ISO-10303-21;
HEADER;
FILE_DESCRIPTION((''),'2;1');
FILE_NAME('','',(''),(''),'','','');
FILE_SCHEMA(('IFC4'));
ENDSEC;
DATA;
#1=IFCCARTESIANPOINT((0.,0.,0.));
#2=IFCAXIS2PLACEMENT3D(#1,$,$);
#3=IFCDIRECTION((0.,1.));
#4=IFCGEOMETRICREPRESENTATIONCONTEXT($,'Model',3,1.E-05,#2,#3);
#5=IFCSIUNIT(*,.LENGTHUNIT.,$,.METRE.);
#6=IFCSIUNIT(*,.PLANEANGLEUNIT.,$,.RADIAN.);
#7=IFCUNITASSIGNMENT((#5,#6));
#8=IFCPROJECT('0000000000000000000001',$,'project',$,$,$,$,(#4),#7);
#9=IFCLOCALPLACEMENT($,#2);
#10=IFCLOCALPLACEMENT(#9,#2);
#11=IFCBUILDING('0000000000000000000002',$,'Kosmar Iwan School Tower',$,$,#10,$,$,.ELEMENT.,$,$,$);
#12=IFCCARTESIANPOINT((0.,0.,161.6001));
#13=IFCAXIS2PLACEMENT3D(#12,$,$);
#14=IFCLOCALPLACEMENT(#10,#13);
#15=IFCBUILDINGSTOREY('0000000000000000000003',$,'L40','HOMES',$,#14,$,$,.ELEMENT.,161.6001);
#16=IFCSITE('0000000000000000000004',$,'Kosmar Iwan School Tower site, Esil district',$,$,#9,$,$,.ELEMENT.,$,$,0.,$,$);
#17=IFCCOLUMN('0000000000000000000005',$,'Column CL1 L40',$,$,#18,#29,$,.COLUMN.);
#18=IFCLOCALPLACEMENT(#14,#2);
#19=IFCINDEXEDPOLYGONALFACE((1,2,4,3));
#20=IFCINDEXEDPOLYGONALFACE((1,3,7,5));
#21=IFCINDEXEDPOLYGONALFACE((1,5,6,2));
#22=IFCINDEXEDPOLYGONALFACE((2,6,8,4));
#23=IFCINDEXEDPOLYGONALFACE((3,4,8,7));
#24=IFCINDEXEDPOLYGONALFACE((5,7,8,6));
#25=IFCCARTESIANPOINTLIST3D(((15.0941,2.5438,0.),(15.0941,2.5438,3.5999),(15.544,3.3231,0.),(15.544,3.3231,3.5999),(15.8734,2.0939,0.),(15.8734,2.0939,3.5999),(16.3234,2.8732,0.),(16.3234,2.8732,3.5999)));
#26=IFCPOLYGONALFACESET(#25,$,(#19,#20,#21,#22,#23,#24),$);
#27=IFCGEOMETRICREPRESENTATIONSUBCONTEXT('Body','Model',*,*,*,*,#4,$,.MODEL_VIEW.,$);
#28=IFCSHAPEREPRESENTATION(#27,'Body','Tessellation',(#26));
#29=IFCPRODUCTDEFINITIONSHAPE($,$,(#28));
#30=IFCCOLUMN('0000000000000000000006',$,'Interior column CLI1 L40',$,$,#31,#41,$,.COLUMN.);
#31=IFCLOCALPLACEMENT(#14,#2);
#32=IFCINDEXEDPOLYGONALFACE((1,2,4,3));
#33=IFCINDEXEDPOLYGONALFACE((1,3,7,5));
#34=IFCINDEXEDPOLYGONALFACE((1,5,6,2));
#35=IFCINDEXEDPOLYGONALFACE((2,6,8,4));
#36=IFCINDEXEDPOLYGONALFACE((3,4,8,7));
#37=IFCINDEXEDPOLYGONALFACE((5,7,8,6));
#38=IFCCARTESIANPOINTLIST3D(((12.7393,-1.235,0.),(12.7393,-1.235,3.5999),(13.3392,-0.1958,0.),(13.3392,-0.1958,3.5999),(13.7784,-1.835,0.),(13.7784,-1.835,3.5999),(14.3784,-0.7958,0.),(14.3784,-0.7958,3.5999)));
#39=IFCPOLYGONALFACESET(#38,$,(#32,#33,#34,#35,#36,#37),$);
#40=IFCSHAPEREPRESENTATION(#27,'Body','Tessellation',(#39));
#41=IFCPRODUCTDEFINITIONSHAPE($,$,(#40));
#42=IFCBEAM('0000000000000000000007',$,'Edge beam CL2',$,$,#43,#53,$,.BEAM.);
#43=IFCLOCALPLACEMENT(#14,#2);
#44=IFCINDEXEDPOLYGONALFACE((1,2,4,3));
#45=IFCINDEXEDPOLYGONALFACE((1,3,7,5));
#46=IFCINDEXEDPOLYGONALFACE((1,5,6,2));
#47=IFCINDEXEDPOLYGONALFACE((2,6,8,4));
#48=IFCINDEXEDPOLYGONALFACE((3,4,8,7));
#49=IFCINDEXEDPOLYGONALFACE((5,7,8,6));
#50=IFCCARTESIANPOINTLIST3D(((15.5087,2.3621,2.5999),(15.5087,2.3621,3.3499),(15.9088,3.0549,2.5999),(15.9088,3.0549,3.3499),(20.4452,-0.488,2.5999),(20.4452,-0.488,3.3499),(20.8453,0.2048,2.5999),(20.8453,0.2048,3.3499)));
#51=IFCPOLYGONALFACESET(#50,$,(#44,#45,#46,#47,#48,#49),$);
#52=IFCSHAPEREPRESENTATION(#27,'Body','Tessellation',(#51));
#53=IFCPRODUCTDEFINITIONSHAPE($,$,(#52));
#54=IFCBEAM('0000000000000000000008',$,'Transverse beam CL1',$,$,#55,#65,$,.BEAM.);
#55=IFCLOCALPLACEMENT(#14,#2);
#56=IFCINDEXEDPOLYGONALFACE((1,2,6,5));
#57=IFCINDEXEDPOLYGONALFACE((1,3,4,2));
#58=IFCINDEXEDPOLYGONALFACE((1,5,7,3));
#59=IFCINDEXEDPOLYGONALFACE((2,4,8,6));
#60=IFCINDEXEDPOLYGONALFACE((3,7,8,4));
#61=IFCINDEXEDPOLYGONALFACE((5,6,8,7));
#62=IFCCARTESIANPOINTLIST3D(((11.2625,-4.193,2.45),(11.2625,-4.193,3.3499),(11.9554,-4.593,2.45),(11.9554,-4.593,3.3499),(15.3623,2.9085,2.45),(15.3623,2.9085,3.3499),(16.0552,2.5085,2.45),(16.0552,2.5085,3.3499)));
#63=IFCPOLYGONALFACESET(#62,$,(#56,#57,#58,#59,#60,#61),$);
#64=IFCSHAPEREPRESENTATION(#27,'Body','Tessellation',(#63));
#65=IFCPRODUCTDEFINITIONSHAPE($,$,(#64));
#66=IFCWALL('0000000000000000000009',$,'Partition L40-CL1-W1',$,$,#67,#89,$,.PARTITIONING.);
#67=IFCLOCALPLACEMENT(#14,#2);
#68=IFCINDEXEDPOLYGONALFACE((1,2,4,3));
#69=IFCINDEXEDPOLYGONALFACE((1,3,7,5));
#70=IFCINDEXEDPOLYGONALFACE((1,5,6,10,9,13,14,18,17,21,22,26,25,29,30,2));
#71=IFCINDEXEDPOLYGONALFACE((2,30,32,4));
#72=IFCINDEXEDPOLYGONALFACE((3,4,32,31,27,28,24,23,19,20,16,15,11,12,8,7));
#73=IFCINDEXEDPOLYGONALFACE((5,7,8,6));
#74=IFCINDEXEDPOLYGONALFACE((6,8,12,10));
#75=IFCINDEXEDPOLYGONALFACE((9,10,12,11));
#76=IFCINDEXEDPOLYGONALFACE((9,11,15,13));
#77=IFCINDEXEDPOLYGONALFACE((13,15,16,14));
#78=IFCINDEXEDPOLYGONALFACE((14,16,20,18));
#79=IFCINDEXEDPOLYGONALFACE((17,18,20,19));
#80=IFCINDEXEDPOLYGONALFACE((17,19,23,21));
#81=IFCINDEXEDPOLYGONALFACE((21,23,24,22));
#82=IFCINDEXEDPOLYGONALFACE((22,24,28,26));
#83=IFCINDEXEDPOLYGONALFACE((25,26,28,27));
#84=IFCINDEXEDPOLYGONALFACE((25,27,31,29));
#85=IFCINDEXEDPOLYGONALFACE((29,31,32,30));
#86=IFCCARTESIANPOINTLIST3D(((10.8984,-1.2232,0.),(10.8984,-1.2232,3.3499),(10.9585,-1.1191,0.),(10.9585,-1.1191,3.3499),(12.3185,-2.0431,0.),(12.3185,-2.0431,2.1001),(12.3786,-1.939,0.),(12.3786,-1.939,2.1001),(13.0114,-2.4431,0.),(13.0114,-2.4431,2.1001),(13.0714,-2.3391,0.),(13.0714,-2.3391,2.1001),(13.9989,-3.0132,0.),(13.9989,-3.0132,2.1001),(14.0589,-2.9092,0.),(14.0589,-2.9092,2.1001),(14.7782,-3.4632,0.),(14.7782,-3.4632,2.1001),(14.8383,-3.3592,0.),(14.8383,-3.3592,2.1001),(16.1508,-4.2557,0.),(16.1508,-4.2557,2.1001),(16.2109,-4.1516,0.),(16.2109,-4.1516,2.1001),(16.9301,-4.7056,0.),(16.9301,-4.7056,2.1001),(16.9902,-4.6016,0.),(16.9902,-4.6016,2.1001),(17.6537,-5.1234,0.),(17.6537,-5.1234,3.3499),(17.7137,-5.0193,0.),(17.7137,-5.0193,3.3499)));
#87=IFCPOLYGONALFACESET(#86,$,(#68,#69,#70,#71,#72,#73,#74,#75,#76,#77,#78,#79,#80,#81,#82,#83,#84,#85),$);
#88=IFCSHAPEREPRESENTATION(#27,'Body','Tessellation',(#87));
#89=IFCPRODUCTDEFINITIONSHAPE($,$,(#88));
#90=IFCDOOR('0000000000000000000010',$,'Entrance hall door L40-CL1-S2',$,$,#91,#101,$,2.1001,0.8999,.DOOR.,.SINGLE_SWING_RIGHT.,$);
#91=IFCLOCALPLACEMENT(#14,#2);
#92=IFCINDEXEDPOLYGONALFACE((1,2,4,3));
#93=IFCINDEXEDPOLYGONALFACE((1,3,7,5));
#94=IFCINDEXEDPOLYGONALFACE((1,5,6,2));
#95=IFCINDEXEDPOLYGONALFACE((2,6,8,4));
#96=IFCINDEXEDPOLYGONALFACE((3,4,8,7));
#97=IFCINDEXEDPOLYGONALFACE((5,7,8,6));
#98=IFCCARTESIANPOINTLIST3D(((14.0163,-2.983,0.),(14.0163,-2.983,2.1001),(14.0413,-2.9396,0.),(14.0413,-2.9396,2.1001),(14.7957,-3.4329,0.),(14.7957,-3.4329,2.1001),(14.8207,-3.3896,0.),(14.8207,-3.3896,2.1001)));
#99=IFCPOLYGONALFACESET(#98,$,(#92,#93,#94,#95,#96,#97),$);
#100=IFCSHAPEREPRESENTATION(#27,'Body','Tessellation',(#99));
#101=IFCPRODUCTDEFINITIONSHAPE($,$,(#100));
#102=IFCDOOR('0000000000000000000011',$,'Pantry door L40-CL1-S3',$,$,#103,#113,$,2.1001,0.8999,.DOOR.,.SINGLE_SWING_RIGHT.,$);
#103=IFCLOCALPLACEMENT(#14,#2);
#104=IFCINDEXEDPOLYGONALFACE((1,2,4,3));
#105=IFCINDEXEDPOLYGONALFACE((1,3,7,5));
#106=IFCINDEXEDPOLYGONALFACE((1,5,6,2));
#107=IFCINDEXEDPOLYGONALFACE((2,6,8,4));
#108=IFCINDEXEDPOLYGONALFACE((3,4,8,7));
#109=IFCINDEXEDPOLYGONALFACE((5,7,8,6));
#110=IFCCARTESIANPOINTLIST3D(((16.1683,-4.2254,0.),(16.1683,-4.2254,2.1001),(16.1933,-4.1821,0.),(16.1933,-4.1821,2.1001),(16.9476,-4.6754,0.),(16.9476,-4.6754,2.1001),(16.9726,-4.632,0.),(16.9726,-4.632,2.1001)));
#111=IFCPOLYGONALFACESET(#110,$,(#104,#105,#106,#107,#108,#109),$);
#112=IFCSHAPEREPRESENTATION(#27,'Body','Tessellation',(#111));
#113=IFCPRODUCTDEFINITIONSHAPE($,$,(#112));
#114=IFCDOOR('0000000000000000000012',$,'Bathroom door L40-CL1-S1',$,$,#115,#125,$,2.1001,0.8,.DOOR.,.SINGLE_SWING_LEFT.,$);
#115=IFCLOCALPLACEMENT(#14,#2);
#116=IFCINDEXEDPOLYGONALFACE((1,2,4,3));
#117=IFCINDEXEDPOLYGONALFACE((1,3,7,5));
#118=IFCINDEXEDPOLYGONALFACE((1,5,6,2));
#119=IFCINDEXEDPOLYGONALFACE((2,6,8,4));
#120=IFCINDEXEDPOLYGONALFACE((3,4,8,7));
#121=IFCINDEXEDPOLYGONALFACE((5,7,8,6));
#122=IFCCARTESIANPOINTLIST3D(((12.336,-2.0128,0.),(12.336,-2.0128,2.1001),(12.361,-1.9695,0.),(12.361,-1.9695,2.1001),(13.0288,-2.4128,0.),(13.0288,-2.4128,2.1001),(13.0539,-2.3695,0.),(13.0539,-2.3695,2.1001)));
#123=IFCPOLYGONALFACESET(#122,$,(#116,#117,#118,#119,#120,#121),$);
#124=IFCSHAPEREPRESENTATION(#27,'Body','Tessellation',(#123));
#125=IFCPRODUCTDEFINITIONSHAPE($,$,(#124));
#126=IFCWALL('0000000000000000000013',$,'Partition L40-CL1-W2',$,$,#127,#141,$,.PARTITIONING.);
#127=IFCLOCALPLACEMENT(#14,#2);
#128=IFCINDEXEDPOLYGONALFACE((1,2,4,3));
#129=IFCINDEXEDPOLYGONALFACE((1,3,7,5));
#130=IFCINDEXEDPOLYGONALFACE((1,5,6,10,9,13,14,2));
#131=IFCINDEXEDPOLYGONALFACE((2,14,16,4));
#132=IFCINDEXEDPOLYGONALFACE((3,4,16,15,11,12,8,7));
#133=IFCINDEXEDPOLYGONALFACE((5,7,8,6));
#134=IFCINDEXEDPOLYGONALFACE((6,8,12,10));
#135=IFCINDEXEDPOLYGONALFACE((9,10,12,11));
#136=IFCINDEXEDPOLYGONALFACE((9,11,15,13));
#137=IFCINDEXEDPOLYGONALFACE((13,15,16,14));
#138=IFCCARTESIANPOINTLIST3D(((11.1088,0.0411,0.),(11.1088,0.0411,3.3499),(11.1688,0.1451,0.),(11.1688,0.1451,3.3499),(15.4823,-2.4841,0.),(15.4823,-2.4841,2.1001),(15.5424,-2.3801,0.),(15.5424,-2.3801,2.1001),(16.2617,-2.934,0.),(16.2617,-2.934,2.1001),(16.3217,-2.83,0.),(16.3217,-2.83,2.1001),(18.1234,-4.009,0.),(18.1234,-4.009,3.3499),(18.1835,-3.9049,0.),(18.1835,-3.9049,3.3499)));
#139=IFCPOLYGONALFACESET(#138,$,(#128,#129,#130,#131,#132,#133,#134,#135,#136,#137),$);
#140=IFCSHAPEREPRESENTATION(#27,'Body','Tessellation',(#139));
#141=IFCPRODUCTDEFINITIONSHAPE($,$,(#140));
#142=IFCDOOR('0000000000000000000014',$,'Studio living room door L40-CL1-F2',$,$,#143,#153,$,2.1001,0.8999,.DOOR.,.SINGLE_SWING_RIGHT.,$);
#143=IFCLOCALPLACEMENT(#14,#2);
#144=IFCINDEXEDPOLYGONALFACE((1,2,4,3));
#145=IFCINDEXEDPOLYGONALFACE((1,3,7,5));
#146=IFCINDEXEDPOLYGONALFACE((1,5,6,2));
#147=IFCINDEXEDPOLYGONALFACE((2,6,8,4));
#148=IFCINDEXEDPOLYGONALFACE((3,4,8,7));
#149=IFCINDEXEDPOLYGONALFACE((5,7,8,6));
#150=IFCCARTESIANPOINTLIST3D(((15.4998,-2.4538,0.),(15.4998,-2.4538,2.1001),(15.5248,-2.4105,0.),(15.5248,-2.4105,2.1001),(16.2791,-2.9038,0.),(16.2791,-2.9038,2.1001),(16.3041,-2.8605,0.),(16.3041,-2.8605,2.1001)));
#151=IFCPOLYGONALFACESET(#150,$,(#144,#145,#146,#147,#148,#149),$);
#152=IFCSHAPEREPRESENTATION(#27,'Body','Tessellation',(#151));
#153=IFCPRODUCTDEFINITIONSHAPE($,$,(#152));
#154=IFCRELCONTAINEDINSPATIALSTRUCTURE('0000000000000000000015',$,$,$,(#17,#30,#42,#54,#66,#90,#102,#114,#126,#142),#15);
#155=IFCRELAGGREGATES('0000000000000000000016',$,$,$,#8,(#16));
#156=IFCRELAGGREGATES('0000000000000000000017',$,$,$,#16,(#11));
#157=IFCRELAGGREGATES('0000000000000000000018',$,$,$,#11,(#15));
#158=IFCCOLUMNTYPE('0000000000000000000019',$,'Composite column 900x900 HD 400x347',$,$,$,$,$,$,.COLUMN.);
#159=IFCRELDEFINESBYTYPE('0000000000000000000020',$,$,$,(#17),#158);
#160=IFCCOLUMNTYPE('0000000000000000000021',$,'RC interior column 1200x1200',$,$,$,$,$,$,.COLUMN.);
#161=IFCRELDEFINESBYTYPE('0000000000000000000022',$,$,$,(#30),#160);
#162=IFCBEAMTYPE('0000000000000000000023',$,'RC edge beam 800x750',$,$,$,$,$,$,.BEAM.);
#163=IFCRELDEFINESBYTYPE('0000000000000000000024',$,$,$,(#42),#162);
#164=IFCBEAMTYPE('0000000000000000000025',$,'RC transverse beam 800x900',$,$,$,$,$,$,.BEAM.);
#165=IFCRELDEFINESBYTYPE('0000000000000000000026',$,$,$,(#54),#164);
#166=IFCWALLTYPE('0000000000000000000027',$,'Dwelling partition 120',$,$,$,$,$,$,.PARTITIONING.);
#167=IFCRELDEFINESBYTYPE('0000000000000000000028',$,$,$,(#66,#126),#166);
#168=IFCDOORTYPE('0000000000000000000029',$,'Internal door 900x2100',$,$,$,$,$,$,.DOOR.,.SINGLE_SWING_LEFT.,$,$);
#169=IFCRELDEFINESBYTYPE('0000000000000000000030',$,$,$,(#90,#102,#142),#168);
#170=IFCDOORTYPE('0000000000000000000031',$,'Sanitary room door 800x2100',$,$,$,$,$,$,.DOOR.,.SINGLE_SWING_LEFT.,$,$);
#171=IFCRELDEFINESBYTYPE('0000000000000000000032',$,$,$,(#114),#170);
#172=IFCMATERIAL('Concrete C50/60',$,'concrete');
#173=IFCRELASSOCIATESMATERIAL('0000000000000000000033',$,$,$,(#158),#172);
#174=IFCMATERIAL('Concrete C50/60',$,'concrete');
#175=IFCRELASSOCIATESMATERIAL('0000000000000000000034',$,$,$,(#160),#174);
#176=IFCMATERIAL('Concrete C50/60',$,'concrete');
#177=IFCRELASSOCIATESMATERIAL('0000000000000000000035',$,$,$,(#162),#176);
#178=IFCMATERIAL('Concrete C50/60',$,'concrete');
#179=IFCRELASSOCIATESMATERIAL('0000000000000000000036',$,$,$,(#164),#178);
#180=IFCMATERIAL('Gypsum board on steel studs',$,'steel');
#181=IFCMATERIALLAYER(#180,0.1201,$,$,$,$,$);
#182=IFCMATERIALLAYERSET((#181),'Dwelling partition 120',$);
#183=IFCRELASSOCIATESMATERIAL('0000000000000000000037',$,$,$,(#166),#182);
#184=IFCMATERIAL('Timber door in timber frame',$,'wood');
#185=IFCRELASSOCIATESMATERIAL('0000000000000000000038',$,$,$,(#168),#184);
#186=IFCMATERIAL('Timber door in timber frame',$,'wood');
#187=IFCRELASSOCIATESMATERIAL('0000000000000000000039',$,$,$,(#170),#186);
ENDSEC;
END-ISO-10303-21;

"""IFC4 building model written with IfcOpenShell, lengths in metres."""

from ifc_helpers import new_model, si_unit, direction, frame, frame_2d, origin, origin_2d, place, context, subcontext, project, spatial, rectangle, extrude, material, layer, layer_set, material_profile, profile_set, type_object, element, fill, save


model = new_model("IFC4")

# Units and contexts
model_context = context("Model", 3, precision=1e-05, world=origin(), true_north=direction((0.0, 1.0)))
body_context = subcontext(model_context, "Body", "Model", "MODEL_VIEW")
ifc_project = project(units=[si_unit("LENGTHUNIT", "METRE"), si_unit("PLANEANGLEUNIT", "RADIAN")], contexts=[model_context])

# Site, building, storey
site_placement = place(None, origin())
site = spatial("IfcSite", under=ifc_project, at=site_placement, Name="Kosmar Iwan School Tower site, Esil district", CompositionType="ELEMENT", RefElevation=0.0)
building_placement = place(site_placement, origin())
building = spatial("IfcBuilding", under=site, at=building_placement, Name="Kosmar Iwan School Tower", CompositionType="ELEMENT")
storey_placement = place(building_placement, frame((0.0, 0.0, 161.6001)))
storey = spatial("IfcBuildingStorey", under=building, at=storey_placement, Name="L40", Description="HOMES", CompositionType="ELEMENT", Elevation=161.6001)

# Columns
ifc_material_1 = material(Name="Concrete C50/60", Category="concrete")
ifc_material_profile_1 = material_profile(ifc_material_1, rectangle(XDim=0.8999, YDim=0.8999, at=origin_2d()), Name="RC 900x900 + HD 400x347")
ifc_profile_set_1 = profile_set([ifc_material_profile_1], Name="Concrete C50/60")
column_type_1 = type_object("IfcColumnType", Name="Composite column 900x900 HD 400x347", PredefinedType="COLUMN", material=ifc_profile_set_1)
column_1_placement = place(storey_placement, frame((15.7087, 2.7085, 0.0), z_axis=(0.0, 0.0, 1.0), x_axis=(0.866025, -0.5, 0.0)))
element("IfcColumn", 1, at=column_1_placement, inside=storey, type_object=column_type_1, Name="Column CL1 L40", PredefinedType="COLUMN", context=body_context, shape_type="SweptSolid", body=[
    extrude(rectangle(XDim=0.8999, YDim=0.8999, at=origin_2d()), origin(), (0.0, 0.0, 1.0), 3.5999),
])
ifc_material_2 = material(Name="Concrete C50/60", Category="concrete")
ifc_material_profile_2 = material_profile(ifc_material_2, rectangle(XDim=1.2, YDim=1.2, at=origin_2d()), Name="RC 1200x1200")
ifc_profile_set_2 = profile_set([ifc_material_profile_2], Name="Concrete C50/60")
column_type_2 = type_object("IfcColumnType", Name="RC interior column 1200x1200", PredefinedType="COLUMN", material=ifc_profile_set_2)
column_2_placement = place(storey_placement, frame((13.5588, -1.0154, 0.0), z_axis=(0.0, 0.0, 1.0), x_axis=(0.866025, -0.5, 0.0)))
element("IfcColumn", 2, at=column_2_placement, inside=storey, type_object=column_type_2, Name="Interior column CLI1 L40", PredefinedType="COLUMN", context=body_context, shape_type="SweptSolid", body=[
    extrude(rectangle(XDim=1.2, YDim=1.2, at=origin_2d()), origin(), (0.0, 0.0, 1.0), 3.5999),
])

# Beams
ifc_material_3 = material(Name="Concrete C50/60", Category="concrete")
ifc_material_profile_3 = material_profile(ifc_material_3, rectangle(XDim=0.8, YDim=0.75, at=origin_2d()), Name="RC 800x750")
ifc_profile_set_3 = profile_set([ifc_material_profile_3], Name="Concrete C50/60")
beam_type_1 = type_object("IfcBeamType", Name="RC edge beam 800x750", PredefinedType="BEAM", material=ifc_profile_set_3)
beam_1_placement = place(storey_placement, frame((15.7087, 2.7085, 2.9749), z_axis=(0.866026, -0.499999, 0.0), x_axis=(0.499999, 0.866026, 0.0)))
element("IfcBeam", 3, at=beam_1_placement, inside=storey, type_object=beam_type_1, Name="Edge beam CL2", PredefinedType="BEAM", context=body_context, shape_type="SweptSolid", body=[
    extrude(rectangle(XDim=0.8, YDim=0.75, at=origin_2d()), origin(), (0.0, 0.0, 1.0), 5.7002),
])
ifc_material_4 = material(Name="Concrete C50/60", Category="concrete")
ifc_material_profile_4 = material_profile(ifc_material_4, rectangle(XDim=0.8, YDim=0.8999, at=origin_2d()), Name="RC 800x900")
ifc_profile_set_4 = profile_set([ifc_material_profile_4], Name="Concrete C50/60")
beam_type_2 = type_object("IfcBeamType", Name="RC transverse beam 800x900", PredefinedType="BEAM", material=ifc_profile_set_4)
beam_2_placement = place(storey_placement, frame((15.7087, 2.7085, 2.8999), z_axis=(-0.499978, -0.866038, 0.0), x_axis=(0.866038, -0.499978, 0.0)))
element("IfcBeam", 4, at=beam_2_placement, inside=storey, type_object=beam_type_2, Name="Transverse beam CL1", PredefinedType="BEAM", context=body_context, shape_type="SweptSolid", body=[
    extrude(rectangle(XDim=0.8, YDim=0.8999, at=origin_2d()), origin(), (0.0, 0.0, 1.0), 8.2),
])

# Wall, openings, doors
ifc_material_5 = material(Name="Gypsum board on steel studs", Category="steel")
ifc_layer_1 = layer(ifc_material_5, 0.1201)
ifc_layer_set_1 = layer_set([ifc_layer_1], Name="Dwelling partition 120")
wall_type_1 = type_object("IfcWallType", Name="Dwelling partition 120", PredefinedType="PARTITIONING", material=ifc_layer_set_1)
wall_1_placement = place(storey_placement, frame((10.9285, -1.1711, 0.0), z_axis=(0.0, 0.0, 1.0), x_axis=(0.866021, -0.500007, 0.0)))
wall_1 = element("IfcWall", 5, at=wall_1_placement, inside=storey, type_object=wall_type_1, Name="Partition L40-CL1-W1", PredefinedType="PARTITIONING", context=body_context, shape_type="SweptSolid", body=[
    extrude(rectangle(XDim=7.8003, YDim=0.1201, at=frame_2d((3.9001, 0.0))), origin(), (0.0, 0.0, 1.0), 3.3499),
])
opening_1_placement = place(wall_1_placement, frame((1.6399, 0.0, 0.0)))
opening_1 = element("IfcOpeningElement", 6, at=opening_1_placement, cuts=wall_1, PredefinedType="OPENING", context=body_context, shape_type="SweptSolid", body=[
    extrude(rectangle(XDim=0.8, YDim=2.1001, at=frame_2d((0.3999, 1.05))), frame((0.0, 0.072, 0.0), z_axis=(0.0, -1.0, 0.0), x_axis=(1.0, 0.0, 0.0)), (0.0, 0.0, 1.0), 0.144),
])
opening_2_placement = place(wall_1_placement, frame((3.5801, 0.0, 0.0)))
opening_2 = element("IfcOpeningElement", 7, at=opening_2_placement, cuts=wall_1, PredefinedType="OPENING", context=body_context, shape_type="SweptSolid", body=[
    extrude(rectangle(XDim=0.8999, YDim=2.1001, at=frame_2d((0.45, 1.05))), frame((0.0, 0.072, 0.0), z_axis=(0.0, -1.0, 0.0), x_axis=(1.0, 0.0, 0.0)), (0.0, 0.0, 1.0), 0.144),
])
opening_3_placement = place(wall_1_placement, frame((6.0649, 0.0, 0.0)))
opening_3 = element("IfcOpeningElement", 8, at=opening_3_placement, cuts=wall_1, PredefinedType="OPENING", context=body_context, shape_type="SweptSolid", body=[
    extrude(rectangle(XDim=0.8999, YDim=2.1001, at=frame_2d((0.45, 1.05))), frame((0.0, 0.072, 0.0), z_axis=(0.0, -1.0, 0.0), x_axis=(1.0, 0.0, 0.0)), (0.0, 0.0, 1.0), 0.144),
])
ifc_material_6 = material(Name="Timber door in timber frame", Category="wood")
door_type_1 = type_object("IfcDoorType", Name="Internal door 900x2100", OperationType="SINGLE_SWING_LEFT", PredefinedType="DOOR", material=ifc_material_6)
door_1_placement = place(opening_2_placement, origin())
door_1 = element("IfcDoor", 9, at=door_1_placement, inside=storey, type_object=door_type_1, Name="Entrance hall door L40-CL1-S2", OperationType="SINGLE_SWING_RIGHT", OverallHeight=2.1001, OverallWidth=0.8999, PredefinedType="DOOR", context=body_context, shape_type="SweptSolid", body=[
    extrude(rectangle(XDim=0.8999, YDim=2.1001, at=frame_2d((0.45, 1.05))), frame((0.0, 0.0249, 0.0), z_axis=(0.0, -1.0, 0.0), x_axis=(1.0, 0.0, 0.0)), (0.0, 0.0, 1.0), 0.05),
])
fill(opening_2, door_1)
door_2_placement = place(opening_3_placement, origin())
door_2 = element("IfcDoor", 10, at=door_2_placement, inside=storey, type_object=door_type_1, Name="Pantry door L40-CL1-S3", OperationType="SINGLE_SWING_RIGHT", OverallHeight=2.1001, OverallWidth=0.8999, PredefinedType="DOOR", context=body_context, shape_type="SweptSolid", body=[
    extrude(rectangle(XDim=0.8999, YDim=2.1001, at=frame_2d((0.45, 1.05))), frame((0.0, 0.0249, 0.0), z_axis=(0.0, -1.0, 0.0), x_axis=(1.0, 0.0, 0.0)), (0.0, 0.0, 1.0), 0.05),
])
fill(opening_3, door_2)
ifc_material_7 = material(Name="Timber door in timber frame", Category="wood")
door_type_2 = type_object("IfcDoorType", Name="Sanitary room door 800x2100", OperationType="SINGLE_SWING_LEFT", PredefinedType="DOOR", material=ifc_material_7)
door_3_placement = place(opening_1_placement, origin())
door_3 = element("IfcDoor", 11, at=door_3_placement, inside=storey, type_object=door_type_2, Name="Bathroom door L40-CL1-S1", OperationType="SINGLE_SWING_LEFT", OverallHeight=2.1001, OverallWidth=0.8, PredefinedType="DOOR", context=body_context, shape_type="SweptSolid", body=[
    extrude(rectangle(XDim=0.8, YDim=2.1001, at=frame_2d((0.3999, 1.05))), frame((0.0, 0.0249, 0.0), z_axis=(0.0, -1.0, 0.0), x_axis=(1.0, 0.0, 0.0)), (0.0, 0.0, 1.0), 0.05),
])
fill(opening_1, door_3)

# Wall, opening, door
wall_2_placement = place(storey_placement, frame((11.1389, 0.093, 0.0), z_axis=(0.0, 0.0, 1.0), x_axis=(0.866018, -0.500013, 0.0)))
wall_2 = element("IfcWall", 12, at=wall_2_placement, inside=storey, type_object=wall_type_1, Name="Partition L40-CL1-W2", PredefinedType="PARTITIONING", context=body_context, shape_type="SweptSolid", body=[
    extrude(rectangle(XDim=8.0999, YDim=0.1201, at=frame_2d((4.0498, 0.0))), origin(), (0.0, 0.0, 1.0), 3.3499),
])
opening_4_placement = place(wall_2_placement, frame((5.05, 0.0, 0.0)))
opening_4 = element("IfcOpeningElement", 13, at=opening_4_placement, cuts=wall_2, PredefinedType="OPENING", context=body_context, shape_type="SweptSolid", body=[
    extrude(rectangle(XDim=0.8999, YDim=2.1001, at=frame_2d((0.45, 1.05))), frame((0.0, 0.072, 0.0), z_axis=(0.0, -1.0, 0.0), x_axis=(1.0, 0.0, 0.0)), (0.0, 0.0, 1.0), 0.144),
])
door_4_placement = place(opening_4_placement, origin())
door_4 = element("IfcDoor", 14, at=door_4_placement, inside=storey, type_object=door_type_1, Name="Studio living room door L40-CL1-F2", OperationType="SINGLE_SWING_RIGHT", OverallHeight=2.1001, OverallWidth=0.8999, PredefinedType="DOOR", context=body_context, shape_type="SweptSolid", body=[
    extrude(rectangle(XDim=0.8999, YDim=2.1001, at=frame_2d((0.45, 1.05))), frame((0.0, 0.0249, 0.0), z_axis=(0.0, -1.0, 0.0), x_axis=(1.0, 0.0, 0.0)), (0.0, 0.0, 1.0), 0.05),
])
fill(opening_4, door_4)

save(model, "model.ifc")
